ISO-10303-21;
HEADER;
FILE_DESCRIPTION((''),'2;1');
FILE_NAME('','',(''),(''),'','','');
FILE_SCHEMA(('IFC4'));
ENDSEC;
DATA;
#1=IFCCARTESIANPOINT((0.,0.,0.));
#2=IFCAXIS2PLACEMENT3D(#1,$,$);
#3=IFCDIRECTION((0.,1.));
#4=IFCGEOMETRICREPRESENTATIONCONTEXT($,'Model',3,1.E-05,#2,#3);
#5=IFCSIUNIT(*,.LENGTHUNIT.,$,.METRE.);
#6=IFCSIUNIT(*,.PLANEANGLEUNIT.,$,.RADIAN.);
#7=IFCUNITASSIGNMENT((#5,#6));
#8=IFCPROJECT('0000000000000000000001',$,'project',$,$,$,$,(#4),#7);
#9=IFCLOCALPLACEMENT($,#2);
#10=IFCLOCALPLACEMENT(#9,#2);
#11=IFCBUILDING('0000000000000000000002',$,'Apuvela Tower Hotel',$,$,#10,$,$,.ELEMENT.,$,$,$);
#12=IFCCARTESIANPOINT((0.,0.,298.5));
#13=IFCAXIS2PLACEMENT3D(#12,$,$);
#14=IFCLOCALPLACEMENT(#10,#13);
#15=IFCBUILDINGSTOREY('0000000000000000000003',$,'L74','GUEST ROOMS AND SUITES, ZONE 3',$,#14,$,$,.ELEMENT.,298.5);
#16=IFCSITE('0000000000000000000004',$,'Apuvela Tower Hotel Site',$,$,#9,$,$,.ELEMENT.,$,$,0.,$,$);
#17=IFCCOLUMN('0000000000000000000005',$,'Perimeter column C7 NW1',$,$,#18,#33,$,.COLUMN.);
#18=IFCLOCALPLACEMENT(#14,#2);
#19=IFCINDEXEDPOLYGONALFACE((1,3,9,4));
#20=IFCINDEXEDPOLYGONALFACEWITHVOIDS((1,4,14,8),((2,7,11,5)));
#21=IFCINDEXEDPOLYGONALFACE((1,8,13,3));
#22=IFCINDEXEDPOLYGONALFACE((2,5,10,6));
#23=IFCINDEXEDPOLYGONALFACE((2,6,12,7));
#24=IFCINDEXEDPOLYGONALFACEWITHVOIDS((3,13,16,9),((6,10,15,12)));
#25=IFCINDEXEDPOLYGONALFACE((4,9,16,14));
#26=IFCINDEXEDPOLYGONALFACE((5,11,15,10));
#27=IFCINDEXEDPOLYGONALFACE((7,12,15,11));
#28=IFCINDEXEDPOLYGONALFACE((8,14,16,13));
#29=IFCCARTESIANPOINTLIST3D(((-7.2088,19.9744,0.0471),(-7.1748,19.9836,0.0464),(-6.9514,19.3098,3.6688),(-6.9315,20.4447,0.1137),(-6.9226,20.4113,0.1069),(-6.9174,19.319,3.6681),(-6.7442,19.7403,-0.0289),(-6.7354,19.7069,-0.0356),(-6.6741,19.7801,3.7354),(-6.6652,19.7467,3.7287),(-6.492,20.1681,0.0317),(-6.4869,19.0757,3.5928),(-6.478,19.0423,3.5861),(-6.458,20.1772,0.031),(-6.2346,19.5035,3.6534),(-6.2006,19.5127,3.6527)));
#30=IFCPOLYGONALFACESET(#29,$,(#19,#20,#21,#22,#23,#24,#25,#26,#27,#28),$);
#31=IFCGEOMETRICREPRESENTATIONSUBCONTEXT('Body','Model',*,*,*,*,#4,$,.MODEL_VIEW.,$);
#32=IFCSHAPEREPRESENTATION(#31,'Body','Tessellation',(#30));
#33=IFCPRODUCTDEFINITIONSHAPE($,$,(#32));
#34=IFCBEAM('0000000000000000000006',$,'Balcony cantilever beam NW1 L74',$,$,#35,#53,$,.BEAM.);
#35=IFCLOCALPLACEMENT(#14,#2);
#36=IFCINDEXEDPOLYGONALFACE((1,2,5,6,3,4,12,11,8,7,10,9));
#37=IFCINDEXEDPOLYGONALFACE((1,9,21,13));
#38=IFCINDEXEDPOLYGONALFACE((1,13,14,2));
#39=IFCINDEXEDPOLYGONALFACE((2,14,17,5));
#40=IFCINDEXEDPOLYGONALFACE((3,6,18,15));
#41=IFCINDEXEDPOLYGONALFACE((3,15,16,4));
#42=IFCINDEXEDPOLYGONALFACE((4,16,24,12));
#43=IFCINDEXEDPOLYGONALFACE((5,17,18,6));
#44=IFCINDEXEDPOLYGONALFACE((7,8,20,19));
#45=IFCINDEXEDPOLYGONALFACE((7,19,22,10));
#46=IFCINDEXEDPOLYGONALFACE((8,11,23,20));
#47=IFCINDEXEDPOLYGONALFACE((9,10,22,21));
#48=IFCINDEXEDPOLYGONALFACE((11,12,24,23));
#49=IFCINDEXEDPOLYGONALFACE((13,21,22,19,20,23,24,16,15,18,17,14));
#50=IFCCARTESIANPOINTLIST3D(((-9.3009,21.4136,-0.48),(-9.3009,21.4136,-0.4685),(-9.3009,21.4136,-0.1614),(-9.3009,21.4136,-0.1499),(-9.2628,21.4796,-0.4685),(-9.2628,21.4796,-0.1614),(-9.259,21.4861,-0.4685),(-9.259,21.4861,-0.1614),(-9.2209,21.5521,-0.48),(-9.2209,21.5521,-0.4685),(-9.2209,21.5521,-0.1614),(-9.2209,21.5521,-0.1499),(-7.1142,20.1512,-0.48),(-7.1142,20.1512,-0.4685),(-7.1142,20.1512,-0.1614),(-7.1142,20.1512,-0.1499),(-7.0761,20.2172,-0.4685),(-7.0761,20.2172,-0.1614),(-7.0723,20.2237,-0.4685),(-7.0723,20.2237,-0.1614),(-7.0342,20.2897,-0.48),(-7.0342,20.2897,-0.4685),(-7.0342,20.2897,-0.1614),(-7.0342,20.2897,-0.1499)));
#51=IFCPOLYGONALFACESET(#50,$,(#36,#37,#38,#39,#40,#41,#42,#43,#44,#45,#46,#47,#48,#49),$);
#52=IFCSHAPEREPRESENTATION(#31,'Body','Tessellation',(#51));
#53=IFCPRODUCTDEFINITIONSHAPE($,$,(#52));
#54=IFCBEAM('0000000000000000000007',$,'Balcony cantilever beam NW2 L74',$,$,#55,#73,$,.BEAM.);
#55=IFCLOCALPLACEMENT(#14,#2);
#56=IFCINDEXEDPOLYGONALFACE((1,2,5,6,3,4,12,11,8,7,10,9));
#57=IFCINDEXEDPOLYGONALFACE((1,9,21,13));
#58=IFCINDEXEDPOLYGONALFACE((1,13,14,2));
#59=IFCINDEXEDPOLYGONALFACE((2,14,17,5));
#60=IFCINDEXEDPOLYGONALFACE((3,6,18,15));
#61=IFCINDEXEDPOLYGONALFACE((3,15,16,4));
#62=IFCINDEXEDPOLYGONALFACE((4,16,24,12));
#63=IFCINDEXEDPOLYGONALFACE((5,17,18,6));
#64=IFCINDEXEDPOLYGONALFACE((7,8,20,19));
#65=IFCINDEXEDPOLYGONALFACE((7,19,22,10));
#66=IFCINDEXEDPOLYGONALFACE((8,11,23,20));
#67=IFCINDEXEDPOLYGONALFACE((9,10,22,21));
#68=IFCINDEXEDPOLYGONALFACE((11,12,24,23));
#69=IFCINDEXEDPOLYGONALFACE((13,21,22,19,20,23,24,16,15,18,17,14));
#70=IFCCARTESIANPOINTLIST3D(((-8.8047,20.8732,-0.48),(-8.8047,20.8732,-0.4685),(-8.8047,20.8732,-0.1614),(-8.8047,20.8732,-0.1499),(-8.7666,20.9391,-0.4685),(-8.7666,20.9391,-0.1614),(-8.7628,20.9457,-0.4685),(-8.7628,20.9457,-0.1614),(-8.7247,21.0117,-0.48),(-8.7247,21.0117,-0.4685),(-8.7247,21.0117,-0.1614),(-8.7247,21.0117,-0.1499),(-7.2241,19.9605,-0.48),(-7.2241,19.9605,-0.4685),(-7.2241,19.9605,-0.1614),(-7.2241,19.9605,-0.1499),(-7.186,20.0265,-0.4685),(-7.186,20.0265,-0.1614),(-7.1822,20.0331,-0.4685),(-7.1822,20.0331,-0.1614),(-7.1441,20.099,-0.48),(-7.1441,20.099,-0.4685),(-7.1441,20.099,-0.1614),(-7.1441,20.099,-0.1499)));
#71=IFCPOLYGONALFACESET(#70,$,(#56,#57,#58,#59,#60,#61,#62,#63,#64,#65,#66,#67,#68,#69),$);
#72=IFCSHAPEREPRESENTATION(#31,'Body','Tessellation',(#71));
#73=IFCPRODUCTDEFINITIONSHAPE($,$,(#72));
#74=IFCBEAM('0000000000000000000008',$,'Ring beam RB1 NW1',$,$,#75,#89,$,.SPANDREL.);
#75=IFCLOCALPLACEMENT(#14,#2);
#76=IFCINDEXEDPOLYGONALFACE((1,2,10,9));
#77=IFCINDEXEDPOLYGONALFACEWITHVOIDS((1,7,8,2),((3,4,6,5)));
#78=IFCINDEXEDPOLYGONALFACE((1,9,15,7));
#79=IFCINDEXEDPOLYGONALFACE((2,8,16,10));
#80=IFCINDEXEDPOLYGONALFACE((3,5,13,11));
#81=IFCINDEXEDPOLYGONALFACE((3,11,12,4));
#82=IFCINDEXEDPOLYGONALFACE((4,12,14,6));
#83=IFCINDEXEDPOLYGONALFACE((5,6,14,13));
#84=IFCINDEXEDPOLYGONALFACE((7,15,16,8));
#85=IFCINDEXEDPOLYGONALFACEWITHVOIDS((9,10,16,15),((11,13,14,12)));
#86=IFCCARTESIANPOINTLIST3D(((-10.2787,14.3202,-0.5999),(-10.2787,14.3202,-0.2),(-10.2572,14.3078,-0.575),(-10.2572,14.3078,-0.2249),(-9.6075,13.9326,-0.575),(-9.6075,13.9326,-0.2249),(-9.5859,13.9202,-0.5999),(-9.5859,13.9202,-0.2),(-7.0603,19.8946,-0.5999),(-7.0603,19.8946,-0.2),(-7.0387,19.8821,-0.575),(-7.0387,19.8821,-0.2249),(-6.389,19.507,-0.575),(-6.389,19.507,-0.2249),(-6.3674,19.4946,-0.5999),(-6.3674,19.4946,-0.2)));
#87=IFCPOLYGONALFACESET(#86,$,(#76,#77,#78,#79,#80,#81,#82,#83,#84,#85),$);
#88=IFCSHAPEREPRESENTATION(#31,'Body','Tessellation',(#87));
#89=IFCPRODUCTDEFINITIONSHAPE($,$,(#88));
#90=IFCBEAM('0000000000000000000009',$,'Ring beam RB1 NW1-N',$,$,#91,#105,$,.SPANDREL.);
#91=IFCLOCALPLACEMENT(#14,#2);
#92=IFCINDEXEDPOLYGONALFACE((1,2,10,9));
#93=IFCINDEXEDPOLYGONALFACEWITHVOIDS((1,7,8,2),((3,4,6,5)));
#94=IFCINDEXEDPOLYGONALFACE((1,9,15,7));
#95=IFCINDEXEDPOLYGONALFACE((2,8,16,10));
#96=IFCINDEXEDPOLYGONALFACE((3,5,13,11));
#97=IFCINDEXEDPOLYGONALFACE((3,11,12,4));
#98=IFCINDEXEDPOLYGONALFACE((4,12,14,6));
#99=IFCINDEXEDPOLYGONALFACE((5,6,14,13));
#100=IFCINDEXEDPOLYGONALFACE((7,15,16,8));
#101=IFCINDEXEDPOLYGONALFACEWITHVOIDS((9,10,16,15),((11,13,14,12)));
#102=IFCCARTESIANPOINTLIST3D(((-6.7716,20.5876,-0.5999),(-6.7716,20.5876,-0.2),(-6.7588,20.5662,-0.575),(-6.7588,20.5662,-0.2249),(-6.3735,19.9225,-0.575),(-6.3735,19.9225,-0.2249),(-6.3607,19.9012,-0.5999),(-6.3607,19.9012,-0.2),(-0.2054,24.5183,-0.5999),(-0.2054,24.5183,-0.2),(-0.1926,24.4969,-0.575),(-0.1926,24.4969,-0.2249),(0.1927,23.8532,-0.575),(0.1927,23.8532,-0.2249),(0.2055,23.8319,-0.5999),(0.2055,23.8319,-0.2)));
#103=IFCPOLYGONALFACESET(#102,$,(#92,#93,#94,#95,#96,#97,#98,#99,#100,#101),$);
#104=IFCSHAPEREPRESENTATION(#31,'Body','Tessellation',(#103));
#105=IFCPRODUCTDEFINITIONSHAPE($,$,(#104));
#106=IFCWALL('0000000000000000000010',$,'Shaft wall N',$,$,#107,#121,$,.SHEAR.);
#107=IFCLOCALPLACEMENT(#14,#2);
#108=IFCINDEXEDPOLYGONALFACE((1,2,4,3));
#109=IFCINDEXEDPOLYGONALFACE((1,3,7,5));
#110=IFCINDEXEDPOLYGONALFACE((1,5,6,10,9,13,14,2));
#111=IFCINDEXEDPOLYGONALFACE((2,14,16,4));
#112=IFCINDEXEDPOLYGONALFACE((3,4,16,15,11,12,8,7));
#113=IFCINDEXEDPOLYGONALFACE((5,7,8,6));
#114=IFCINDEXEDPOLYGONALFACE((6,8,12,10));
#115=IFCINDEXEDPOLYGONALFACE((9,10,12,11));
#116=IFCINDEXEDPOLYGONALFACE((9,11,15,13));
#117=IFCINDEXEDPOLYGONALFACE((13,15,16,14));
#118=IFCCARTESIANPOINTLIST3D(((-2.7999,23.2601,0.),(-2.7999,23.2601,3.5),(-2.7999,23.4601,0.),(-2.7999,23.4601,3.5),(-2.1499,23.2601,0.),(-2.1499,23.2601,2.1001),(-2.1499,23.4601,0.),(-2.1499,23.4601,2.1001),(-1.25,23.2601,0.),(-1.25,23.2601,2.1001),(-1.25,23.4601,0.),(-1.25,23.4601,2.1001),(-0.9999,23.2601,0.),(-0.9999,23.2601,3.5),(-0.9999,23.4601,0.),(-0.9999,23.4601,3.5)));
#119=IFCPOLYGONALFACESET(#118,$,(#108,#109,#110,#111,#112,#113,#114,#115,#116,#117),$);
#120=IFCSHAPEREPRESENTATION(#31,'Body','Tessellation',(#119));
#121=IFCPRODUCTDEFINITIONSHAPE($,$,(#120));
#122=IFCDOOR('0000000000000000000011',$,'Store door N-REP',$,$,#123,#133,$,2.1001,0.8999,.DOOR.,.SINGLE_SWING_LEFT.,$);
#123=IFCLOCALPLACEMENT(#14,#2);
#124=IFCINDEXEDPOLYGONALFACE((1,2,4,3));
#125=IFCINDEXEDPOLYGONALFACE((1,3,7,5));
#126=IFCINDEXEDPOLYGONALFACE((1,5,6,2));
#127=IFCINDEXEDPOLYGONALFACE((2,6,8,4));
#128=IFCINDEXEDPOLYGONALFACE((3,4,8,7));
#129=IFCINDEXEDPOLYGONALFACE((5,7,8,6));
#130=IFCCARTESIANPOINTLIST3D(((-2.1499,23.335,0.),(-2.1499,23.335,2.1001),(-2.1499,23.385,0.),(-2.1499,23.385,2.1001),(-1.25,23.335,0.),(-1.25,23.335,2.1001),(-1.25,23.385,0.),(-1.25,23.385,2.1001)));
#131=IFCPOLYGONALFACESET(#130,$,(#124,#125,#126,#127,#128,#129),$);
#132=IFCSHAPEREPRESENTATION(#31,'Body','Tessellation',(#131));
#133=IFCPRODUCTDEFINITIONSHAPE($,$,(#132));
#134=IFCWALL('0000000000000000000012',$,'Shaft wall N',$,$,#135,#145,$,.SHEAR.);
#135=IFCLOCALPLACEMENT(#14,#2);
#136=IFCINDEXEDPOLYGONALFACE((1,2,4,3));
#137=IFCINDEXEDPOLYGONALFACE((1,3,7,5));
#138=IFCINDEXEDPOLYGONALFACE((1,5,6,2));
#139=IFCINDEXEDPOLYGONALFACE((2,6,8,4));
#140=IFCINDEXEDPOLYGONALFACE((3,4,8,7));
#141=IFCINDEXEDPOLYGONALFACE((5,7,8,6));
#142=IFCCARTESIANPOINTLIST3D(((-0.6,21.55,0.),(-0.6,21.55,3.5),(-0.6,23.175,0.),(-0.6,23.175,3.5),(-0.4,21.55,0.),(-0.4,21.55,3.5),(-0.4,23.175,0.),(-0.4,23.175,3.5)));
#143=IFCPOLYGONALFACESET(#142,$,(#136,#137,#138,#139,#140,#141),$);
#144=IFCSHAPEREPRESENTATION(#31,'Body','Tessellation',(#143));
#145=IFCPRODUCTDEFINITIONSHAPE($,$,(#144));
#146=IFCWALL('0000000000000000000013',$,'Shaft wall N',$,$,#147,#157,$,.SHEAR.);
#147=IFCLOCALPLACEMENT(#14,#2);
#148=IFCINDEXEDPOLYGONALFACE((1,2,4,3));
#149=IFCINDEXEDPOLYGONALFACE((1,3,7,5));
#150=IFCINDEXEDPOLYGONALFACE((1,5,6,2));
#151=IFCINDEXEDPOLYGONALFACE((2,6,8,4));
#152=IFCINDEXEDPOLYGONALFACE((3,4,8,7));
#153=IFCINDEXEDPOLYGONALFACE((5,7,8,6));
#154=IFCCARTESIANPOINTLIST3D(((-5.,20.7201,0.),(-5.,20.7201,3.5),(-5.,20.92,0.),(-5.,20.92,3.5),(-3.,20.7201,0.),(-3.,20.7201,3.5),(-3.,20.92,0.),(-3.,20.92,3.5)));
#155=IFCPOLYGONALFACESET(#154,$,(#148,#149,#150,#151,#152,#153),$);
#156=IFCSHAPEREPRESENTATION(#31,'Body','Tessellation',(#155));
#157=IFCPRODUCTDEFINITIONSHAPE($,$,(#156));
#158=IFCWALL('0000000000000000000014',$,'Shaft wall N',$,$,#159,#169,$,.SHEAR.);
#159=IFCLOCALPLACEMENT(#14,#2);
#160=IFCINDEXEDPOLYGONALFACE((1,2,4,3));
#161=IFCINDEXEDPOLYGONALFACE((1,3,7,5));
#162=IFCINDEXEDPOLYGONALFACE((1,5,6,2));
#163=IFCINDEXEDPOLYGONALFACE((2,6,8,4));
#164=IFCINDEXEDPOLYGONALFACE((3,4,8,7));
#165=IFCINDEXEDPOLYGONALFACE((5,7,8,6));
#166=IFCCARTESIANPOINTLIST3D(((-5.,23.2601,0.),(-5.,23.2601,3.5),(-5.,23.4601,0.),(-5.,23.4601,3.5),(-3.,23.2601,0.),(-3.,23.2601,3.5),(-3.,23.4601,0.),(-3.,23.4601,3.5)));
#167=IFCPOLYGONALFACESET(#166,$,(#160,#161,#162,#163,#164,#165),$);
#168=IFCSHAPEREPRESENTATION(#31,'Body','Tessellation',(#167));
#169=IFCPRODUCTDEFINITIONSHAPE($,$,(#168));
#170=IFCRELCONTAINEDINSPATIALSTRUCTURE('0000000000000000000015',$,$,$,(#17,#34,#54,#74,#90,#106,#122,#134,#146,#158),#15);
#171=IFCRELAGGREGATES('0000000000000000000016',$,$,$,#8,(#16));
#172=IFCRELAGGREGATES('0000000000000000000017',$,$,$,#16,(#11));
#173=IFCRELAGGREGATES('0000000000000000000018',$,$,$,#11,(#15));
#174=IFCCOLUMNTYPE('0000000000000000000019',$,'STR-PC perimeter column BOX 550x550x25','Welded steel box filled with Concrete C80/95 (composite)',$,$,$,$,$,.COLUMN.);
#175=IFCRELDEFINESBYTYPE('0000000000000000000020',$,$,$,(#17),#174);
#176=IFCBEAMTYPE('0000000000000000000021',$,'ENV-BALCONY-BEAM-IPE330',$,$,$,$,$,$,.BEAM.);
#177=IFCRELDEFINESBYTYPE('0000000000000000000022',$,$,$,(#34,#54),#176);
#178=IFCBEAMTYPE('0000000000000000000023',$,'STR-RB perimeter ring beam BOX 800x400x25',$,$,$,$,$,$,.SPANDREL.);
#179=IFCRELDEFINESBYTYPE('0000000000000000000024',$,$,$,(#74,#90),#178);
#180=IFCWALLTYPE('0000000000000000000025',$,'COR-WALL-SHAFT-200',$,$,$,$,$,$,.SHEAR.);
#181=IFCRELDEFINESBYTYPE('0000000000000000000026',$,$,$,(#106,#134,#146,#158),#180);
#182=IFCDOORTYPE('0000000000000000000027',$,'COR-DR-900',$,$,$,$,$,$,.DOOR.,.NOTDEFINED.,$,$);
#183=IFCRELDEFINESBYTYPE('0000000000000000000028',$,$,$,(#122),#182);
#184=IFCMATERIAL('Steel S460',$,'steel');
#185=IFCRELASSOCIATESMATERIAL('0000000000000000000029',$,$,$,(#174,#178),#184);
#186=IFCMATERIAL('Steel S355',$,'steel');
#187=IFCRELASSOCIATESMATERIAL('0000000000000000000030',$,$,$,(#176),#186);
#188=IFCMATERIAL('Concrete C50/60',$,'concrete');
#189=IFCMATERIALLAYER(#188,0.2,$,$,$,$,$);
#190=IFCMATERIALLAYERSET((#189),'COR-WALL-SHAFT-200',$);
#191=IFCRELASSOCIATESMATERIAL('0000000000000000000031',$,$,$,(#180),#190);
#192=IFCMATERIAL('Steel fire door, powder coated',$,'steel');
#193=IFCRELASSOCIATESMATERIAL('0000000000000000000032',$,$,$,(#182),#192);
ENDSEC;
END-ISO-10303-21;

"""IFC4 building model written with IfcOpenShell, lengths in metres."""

from ifc_helpers import new_model, si_unit, direction, frame, frame_2d, origin, origin_2d, place, context, subcontext, project, spatial, rectangle, hollow_rectangle, i_section, extrude, boolean, halfspace, material, layer, layer_set, material_profile, profile_set, type_object, element, fill, save


model = new_model("IFC4")

# Units and contexts
model_context = context("Model", 3, precision=1e-05, world=origin(), true_north=direction((0.0, 1.0)))
body_context = subcontext(model_context, "Body", "Model", "MODEL_VIEW")
ifc_project = project(units=[si_unit("LENGTHUNIT", "METRE"), si_unit("PLANEANGLEUNIT", "RADIAN")], contexts=[model_context])

# Site, building, storey
site_placement = place(None, origin())
site = spatial("IfcSite", under=ifc_project, at=site_placement, Name="Apuvela Tower Hotel Site", CompositionType="ELEMENT", RefElevation=0.0)
building_placement = place(site_placement, origin())
building = spatial("IfcBuilding", under=site, at=building_placement, Name="Apuvela Tower Hotel", CompositionType="ELEMENT")
storey_placement = place(building_placement, frame((0.0, 0.0, 298.5)))
storey = spatial("IfcBuildingStorey", under=building, at=storey_placement, Name="L74", Description="GUEST ROOMS AND SUITES, ZONE 3", CompositionType="ELEMENT", Elevation=298.5)

# Column
ifc_material_1 = material(Name="Steel S460", Category="steel")
ifc_material_2 = material(Name="Concrete C80/95", Category="concrete")
ifc_material_profile_1 = material_profile(ifc_material_1, hollow_rectangle(XDim=0.55, YDim=0.55, WallThickness=0.0249, at=origin_2d()), Name="BOX 550x550x25")
ifc_material_profile_2 = material_profile(ifc_material_2, rectangle(XDim=0.5, YDim=0.5, at=origin_2d()), Name="Concrete C80/95 infill")
ifc_profile_set_1 = profile_set([ifc_material_profile_1, ifc_material_profile_2], Name="Steel S460")
column_type_1 = type_object("IfcColumnType", Name="STR-PC perimeter column BOX 550x550x25", Description="Welded steel box filled with Concrete C80/95 (composite)", PredefinedType="COLUMN", material=ifc_profile_set_1)
column_1_placement = place(storey_placement, frame((-6.8362, 20.083, 0.0), z_axis=(0.069728, -0.180051, 0.981183), x_axis=(0.504247, 0.855031, 0.121067)))
element("IfcColumn", 1, at=column_1_placement, inside=storey, type_object=column_type_1, Name="Perimeter column C7 NW1", PredefinedType="COLUMN", context=body_context, shape_type="SweptSolid", body=[
    boolean("DIFFERENCE", boolean("DIFFERENCE", extrude(hollow_rectangle(XDim=0.55, YDim=0.55, WallThickness=0.0249, at=origin_2d()), origin(), (0.0, 0.0, 1.0), 3.771), halfspace(frame((0.0, 0.0, 0.0398), z_axis=(0.0, 0.0, 1.0), x_axis=(1.0, 0.0, 0.0)), True)), halfspace(frame((0.0, 0.0, 3.731), z_axis=(0.0, 0.0, 1.0), x_axis=(1.0, 0.0, 0.0)), False)),
])

# Beams
ifc_material_3 = material(Name="Steel S355", Category="steel")
ifc_material_profile_3 = material_profile(ifc_material_3, i_section(OverallWidth=0.1599, OverallDepth=0.3301, WebThickness=0.0076, FlangeThickness=0.0115, at=origin_2d()), Name="IPE 330")
ifc_profile_set_2 = profile_set([ifc_material_profile_3], Name="Steel S355")
beam_type_1 = type_object("IfcBeamType", Name="ENV-BALCONY-BEAM-IPE330", PredefinedType="BEAM", material=ifc_profile_set_2)
beam_1_placement = place(storey_placement, frame((-7.0742, 20.2205, -0.3149), z_axis=(-0.866039, 0.499976, 0.0), x_axis=(-0.499976, -0.866039, 0.0)))
element("IfcBeam", 2, at=beam_1_placement, inside=storey, type_object=beam_type_1, Name="Balcony cantilever beam NW1 L74", PredefinedType="BEAM", context=body_context, shape_type="SweptSolid", body=[
    extrude(i_section(OverallWidth=0.1599, OverallDepth=0.3301, WebThickness=0.0076, FlangeThickness=0.0115, at=origin_2d()), origin(), (0.0, 0.0, 1.0), 2.5249),
])
beam_2_placement = place(storey_placement, frame((-7.1841, 20.0298, -0.3149), z_axis=(-0.866012, 0.500024, 0.0), x_axis=(-0.500024, -0.866012, 0.0)))
element("IfcBeam", 3, at=beam_2_placement, inside=storey, type_object=beam_type_1, Name="Balcony cantilever beam NW2 L74", PredefinedType="BEAM", context=body_context, shape_type="SweptSolid", body=[
    extrude(i_section(OverallWidth=0.1599, OverallDepth=0.3301, WebThickness=0.0076, FlangeThickness=0.0115, at=origin_2d()), origin(), (0.0, 0.0, 1.0), 1.8252),
])
ifc_material_profile_4 = material_profile(ifc_material_1, hollow_rectangle(XDim=0.8, YDim=0.3999, WallThickness=0.0249, at=origin_2d()), Name="BOX 800x400x25")
ifc_profile_set_3 = profile_set([ifc_material_profile_4], Name="Steel S460")
beam_type_2 = type_object("IfcBeamType", Name="STR-RB perimeter ring beam BOX 800x400x25", PredefinedType="SPANDREL", material=ifc_profile_set_3)
beam_3_placement = place(storey_placement, frame((-6.7139, 19.6946, -0.3999), z_axis=(-0.50001, -0.866019, 0.0), x_axis=(0.866019, -0.50001, 0.0)))
element("IfcBeam", 4, at=beam_3_placement, inside=storey, type_object=beam_type_2, Name="Ring beam RB1 NW1", PredefinedType="SPANDREL", context=body_context, shape_type="SweptSolid", body=[
    extrude(hollow_rectangle(XDim=0.8, YDim=0.3999, WallThickness=0.0249, at=origin_2d()), origin(), (0.0, 0.0, 1.0), 6.4368),
])
beam_4_placement = place(storey_placement, frame((-6.5662, 20.2444, -0.3999), z_axis=(0.858013, 0.513628, 0.0), x_axis=(-0.513628, 0.858013, 0.0)))
element("IfcBeam", 5, at=beam_4_placement, inside=storey, type_object=beam_type_2, Name="Ring beam RB1 NW1-N", PredefinedType="SPANDREL", context=body_context, shape_type="SweptSolid", body=[
    extrude(hollow_rectangle(XDim=0.8, YDim=0.3999, WallThickness=0.0249, at=origin_2d()), origin(), (0.0, 0.0, 1.0), 7.6528),
])

# Wall, opening, door
ifc_material_4 = material(Name="Concrete C50/60", Category="concrete")
ifc_layer_1 = layer(ifc_material_4, 0.2)
ifc_layer_set_1 = layer_set([ifc_layer_1], Name="COR-WALL-SHAFT-200")
wall_type_1 = type_object("IfcWallType", Name="COR-WALL-SHAFT-200", PredefinedType="SHEAR", material=ifc_layer_set_1)
wall_1_placement = place(storey_placement, frame((-1.0, 23.3601, 0.0), z_axis=(0.0, 0.0, 1.0), x_axis=(-1.0, 0.0, 0.0)))
wall_1 = element("IfcWall", 6, at=wall_1_placement, inside=storey, type_object=wall_type_1, Name="Shaft wall N", PredefinedType="SHEAR", context=body_context, shape_type="SweptSolid", body=[
    extrude(rectangle(XDim=1.8, YDim=0.2, at=frame_2d((0.8999, 0.0))), origin(), (0.0, 0.0, 1.0), 3.5),
])
opening_1_placement = place(wall_1_placement, frame((0.25, 0.0, 0.0)))
opening_1 = element("IfcOpeningElement", 7, at=opening_1_placement, cuts=wall_1, PredefinedType="OPENING", context=body_context, shape_type="SweptSolid", body=[
    extrude(rectangle(XDim=0.8999, YDim=2.1001, at=frame_2d((0.45, 1.05))), frame((0.0, 0.1099, 0.0), z_axis=(0.0, -1.0, 0.0), x_axis=(1.0, 0.0, 0.0)), (0.0, 0.0, 1.0), 0.22),
])
ifc_material_5 = material(Name="Steel fire door, powder coated", Category="steel")
door_type_1 = type_object("IfcDoorType", Name="COR-DR-900", OperationType="NOTDEFINED", PredefinedType="DOOR", material=ifc_material_5)
door_1_placement = place(opening_1_placement, frame((0.8999, 0.0, 0.0), z_axis=(0.0, 0.0, 1.0), x_axis=(-1.0, 0.0, 0.0)))
door_1 = element("IfcDoor", 8, at=door_1_placement, inside=storey, type_object=door_type_1, Name="Store door N-REP", OperationType="SINGLE_SWING_LEFT", OverallHeight=2.1001, OverallWidth=0.8999, PredefinedType="DOOR", context=body_context, shape_type="SweptSolid", body=[
    extrude(rectangle(XDim=0.8999, YDim=2.1001, at=frame_2d((0.45, 1.05))), frame((0.0, 0.0249, 0.0), z_axis=(0.0, -1.0, 0.0), x_axis=(1.0, 0.0, 0.0)), (0.0, 0.0, 1.0), 0.05),
])
fill(opening_1, door_1)

# Walls
wall_2_placement = place(storey_placement, frame((-0.5, 21.55, 0.0), z_axis=(0.0, 0.0, 1.0), x_axis=(0.0, 1.0, 0.0)))
element("IfcWall", 9, at=wall_2_placement, inside=storey, type_object=wall_type_1, Name="Shaft wall N", PredefinedType="SHEAR", context=body_context, shape_type="SweptSolid", body=[
    extrude(rectangle(XDim=1.625, YDim=0.2, at=frame_2d((0.8125, 0.0))), origin(), (0.0, 0.0, 1.0), 3.5),
])
for number, where, z_axis, x_axis, name in (
    (10, (-3.0, 20.8201, 0.0), (0.0, 0.0, 1.0), (-1.0, 0.0, 0.0), "Shaft wall N"),
    (11, (-3.0, 23.3601, 0.0), (0.0, 0.0, 1.0), (-1.0, 0.0, 0.0), "Shaft wall N"),
):
    element("IfcWall", number, at=place(storey_placement, frame(where, z_axis=z_axis, x_axis=x_axis)), inside=storey, type_object=wall_type_1, Name=name, PredefinedType="SHEAR", context=body_context, shape_type="SweptSolid", body=[
        extrude(rectangle(XDim=2.0, YDim=0.2, at=frame_2d((1.0, 0.0))), origin(), (0.0, 0.0, 1.0), 3.5),
    ])

save(model, "model.ifc")
